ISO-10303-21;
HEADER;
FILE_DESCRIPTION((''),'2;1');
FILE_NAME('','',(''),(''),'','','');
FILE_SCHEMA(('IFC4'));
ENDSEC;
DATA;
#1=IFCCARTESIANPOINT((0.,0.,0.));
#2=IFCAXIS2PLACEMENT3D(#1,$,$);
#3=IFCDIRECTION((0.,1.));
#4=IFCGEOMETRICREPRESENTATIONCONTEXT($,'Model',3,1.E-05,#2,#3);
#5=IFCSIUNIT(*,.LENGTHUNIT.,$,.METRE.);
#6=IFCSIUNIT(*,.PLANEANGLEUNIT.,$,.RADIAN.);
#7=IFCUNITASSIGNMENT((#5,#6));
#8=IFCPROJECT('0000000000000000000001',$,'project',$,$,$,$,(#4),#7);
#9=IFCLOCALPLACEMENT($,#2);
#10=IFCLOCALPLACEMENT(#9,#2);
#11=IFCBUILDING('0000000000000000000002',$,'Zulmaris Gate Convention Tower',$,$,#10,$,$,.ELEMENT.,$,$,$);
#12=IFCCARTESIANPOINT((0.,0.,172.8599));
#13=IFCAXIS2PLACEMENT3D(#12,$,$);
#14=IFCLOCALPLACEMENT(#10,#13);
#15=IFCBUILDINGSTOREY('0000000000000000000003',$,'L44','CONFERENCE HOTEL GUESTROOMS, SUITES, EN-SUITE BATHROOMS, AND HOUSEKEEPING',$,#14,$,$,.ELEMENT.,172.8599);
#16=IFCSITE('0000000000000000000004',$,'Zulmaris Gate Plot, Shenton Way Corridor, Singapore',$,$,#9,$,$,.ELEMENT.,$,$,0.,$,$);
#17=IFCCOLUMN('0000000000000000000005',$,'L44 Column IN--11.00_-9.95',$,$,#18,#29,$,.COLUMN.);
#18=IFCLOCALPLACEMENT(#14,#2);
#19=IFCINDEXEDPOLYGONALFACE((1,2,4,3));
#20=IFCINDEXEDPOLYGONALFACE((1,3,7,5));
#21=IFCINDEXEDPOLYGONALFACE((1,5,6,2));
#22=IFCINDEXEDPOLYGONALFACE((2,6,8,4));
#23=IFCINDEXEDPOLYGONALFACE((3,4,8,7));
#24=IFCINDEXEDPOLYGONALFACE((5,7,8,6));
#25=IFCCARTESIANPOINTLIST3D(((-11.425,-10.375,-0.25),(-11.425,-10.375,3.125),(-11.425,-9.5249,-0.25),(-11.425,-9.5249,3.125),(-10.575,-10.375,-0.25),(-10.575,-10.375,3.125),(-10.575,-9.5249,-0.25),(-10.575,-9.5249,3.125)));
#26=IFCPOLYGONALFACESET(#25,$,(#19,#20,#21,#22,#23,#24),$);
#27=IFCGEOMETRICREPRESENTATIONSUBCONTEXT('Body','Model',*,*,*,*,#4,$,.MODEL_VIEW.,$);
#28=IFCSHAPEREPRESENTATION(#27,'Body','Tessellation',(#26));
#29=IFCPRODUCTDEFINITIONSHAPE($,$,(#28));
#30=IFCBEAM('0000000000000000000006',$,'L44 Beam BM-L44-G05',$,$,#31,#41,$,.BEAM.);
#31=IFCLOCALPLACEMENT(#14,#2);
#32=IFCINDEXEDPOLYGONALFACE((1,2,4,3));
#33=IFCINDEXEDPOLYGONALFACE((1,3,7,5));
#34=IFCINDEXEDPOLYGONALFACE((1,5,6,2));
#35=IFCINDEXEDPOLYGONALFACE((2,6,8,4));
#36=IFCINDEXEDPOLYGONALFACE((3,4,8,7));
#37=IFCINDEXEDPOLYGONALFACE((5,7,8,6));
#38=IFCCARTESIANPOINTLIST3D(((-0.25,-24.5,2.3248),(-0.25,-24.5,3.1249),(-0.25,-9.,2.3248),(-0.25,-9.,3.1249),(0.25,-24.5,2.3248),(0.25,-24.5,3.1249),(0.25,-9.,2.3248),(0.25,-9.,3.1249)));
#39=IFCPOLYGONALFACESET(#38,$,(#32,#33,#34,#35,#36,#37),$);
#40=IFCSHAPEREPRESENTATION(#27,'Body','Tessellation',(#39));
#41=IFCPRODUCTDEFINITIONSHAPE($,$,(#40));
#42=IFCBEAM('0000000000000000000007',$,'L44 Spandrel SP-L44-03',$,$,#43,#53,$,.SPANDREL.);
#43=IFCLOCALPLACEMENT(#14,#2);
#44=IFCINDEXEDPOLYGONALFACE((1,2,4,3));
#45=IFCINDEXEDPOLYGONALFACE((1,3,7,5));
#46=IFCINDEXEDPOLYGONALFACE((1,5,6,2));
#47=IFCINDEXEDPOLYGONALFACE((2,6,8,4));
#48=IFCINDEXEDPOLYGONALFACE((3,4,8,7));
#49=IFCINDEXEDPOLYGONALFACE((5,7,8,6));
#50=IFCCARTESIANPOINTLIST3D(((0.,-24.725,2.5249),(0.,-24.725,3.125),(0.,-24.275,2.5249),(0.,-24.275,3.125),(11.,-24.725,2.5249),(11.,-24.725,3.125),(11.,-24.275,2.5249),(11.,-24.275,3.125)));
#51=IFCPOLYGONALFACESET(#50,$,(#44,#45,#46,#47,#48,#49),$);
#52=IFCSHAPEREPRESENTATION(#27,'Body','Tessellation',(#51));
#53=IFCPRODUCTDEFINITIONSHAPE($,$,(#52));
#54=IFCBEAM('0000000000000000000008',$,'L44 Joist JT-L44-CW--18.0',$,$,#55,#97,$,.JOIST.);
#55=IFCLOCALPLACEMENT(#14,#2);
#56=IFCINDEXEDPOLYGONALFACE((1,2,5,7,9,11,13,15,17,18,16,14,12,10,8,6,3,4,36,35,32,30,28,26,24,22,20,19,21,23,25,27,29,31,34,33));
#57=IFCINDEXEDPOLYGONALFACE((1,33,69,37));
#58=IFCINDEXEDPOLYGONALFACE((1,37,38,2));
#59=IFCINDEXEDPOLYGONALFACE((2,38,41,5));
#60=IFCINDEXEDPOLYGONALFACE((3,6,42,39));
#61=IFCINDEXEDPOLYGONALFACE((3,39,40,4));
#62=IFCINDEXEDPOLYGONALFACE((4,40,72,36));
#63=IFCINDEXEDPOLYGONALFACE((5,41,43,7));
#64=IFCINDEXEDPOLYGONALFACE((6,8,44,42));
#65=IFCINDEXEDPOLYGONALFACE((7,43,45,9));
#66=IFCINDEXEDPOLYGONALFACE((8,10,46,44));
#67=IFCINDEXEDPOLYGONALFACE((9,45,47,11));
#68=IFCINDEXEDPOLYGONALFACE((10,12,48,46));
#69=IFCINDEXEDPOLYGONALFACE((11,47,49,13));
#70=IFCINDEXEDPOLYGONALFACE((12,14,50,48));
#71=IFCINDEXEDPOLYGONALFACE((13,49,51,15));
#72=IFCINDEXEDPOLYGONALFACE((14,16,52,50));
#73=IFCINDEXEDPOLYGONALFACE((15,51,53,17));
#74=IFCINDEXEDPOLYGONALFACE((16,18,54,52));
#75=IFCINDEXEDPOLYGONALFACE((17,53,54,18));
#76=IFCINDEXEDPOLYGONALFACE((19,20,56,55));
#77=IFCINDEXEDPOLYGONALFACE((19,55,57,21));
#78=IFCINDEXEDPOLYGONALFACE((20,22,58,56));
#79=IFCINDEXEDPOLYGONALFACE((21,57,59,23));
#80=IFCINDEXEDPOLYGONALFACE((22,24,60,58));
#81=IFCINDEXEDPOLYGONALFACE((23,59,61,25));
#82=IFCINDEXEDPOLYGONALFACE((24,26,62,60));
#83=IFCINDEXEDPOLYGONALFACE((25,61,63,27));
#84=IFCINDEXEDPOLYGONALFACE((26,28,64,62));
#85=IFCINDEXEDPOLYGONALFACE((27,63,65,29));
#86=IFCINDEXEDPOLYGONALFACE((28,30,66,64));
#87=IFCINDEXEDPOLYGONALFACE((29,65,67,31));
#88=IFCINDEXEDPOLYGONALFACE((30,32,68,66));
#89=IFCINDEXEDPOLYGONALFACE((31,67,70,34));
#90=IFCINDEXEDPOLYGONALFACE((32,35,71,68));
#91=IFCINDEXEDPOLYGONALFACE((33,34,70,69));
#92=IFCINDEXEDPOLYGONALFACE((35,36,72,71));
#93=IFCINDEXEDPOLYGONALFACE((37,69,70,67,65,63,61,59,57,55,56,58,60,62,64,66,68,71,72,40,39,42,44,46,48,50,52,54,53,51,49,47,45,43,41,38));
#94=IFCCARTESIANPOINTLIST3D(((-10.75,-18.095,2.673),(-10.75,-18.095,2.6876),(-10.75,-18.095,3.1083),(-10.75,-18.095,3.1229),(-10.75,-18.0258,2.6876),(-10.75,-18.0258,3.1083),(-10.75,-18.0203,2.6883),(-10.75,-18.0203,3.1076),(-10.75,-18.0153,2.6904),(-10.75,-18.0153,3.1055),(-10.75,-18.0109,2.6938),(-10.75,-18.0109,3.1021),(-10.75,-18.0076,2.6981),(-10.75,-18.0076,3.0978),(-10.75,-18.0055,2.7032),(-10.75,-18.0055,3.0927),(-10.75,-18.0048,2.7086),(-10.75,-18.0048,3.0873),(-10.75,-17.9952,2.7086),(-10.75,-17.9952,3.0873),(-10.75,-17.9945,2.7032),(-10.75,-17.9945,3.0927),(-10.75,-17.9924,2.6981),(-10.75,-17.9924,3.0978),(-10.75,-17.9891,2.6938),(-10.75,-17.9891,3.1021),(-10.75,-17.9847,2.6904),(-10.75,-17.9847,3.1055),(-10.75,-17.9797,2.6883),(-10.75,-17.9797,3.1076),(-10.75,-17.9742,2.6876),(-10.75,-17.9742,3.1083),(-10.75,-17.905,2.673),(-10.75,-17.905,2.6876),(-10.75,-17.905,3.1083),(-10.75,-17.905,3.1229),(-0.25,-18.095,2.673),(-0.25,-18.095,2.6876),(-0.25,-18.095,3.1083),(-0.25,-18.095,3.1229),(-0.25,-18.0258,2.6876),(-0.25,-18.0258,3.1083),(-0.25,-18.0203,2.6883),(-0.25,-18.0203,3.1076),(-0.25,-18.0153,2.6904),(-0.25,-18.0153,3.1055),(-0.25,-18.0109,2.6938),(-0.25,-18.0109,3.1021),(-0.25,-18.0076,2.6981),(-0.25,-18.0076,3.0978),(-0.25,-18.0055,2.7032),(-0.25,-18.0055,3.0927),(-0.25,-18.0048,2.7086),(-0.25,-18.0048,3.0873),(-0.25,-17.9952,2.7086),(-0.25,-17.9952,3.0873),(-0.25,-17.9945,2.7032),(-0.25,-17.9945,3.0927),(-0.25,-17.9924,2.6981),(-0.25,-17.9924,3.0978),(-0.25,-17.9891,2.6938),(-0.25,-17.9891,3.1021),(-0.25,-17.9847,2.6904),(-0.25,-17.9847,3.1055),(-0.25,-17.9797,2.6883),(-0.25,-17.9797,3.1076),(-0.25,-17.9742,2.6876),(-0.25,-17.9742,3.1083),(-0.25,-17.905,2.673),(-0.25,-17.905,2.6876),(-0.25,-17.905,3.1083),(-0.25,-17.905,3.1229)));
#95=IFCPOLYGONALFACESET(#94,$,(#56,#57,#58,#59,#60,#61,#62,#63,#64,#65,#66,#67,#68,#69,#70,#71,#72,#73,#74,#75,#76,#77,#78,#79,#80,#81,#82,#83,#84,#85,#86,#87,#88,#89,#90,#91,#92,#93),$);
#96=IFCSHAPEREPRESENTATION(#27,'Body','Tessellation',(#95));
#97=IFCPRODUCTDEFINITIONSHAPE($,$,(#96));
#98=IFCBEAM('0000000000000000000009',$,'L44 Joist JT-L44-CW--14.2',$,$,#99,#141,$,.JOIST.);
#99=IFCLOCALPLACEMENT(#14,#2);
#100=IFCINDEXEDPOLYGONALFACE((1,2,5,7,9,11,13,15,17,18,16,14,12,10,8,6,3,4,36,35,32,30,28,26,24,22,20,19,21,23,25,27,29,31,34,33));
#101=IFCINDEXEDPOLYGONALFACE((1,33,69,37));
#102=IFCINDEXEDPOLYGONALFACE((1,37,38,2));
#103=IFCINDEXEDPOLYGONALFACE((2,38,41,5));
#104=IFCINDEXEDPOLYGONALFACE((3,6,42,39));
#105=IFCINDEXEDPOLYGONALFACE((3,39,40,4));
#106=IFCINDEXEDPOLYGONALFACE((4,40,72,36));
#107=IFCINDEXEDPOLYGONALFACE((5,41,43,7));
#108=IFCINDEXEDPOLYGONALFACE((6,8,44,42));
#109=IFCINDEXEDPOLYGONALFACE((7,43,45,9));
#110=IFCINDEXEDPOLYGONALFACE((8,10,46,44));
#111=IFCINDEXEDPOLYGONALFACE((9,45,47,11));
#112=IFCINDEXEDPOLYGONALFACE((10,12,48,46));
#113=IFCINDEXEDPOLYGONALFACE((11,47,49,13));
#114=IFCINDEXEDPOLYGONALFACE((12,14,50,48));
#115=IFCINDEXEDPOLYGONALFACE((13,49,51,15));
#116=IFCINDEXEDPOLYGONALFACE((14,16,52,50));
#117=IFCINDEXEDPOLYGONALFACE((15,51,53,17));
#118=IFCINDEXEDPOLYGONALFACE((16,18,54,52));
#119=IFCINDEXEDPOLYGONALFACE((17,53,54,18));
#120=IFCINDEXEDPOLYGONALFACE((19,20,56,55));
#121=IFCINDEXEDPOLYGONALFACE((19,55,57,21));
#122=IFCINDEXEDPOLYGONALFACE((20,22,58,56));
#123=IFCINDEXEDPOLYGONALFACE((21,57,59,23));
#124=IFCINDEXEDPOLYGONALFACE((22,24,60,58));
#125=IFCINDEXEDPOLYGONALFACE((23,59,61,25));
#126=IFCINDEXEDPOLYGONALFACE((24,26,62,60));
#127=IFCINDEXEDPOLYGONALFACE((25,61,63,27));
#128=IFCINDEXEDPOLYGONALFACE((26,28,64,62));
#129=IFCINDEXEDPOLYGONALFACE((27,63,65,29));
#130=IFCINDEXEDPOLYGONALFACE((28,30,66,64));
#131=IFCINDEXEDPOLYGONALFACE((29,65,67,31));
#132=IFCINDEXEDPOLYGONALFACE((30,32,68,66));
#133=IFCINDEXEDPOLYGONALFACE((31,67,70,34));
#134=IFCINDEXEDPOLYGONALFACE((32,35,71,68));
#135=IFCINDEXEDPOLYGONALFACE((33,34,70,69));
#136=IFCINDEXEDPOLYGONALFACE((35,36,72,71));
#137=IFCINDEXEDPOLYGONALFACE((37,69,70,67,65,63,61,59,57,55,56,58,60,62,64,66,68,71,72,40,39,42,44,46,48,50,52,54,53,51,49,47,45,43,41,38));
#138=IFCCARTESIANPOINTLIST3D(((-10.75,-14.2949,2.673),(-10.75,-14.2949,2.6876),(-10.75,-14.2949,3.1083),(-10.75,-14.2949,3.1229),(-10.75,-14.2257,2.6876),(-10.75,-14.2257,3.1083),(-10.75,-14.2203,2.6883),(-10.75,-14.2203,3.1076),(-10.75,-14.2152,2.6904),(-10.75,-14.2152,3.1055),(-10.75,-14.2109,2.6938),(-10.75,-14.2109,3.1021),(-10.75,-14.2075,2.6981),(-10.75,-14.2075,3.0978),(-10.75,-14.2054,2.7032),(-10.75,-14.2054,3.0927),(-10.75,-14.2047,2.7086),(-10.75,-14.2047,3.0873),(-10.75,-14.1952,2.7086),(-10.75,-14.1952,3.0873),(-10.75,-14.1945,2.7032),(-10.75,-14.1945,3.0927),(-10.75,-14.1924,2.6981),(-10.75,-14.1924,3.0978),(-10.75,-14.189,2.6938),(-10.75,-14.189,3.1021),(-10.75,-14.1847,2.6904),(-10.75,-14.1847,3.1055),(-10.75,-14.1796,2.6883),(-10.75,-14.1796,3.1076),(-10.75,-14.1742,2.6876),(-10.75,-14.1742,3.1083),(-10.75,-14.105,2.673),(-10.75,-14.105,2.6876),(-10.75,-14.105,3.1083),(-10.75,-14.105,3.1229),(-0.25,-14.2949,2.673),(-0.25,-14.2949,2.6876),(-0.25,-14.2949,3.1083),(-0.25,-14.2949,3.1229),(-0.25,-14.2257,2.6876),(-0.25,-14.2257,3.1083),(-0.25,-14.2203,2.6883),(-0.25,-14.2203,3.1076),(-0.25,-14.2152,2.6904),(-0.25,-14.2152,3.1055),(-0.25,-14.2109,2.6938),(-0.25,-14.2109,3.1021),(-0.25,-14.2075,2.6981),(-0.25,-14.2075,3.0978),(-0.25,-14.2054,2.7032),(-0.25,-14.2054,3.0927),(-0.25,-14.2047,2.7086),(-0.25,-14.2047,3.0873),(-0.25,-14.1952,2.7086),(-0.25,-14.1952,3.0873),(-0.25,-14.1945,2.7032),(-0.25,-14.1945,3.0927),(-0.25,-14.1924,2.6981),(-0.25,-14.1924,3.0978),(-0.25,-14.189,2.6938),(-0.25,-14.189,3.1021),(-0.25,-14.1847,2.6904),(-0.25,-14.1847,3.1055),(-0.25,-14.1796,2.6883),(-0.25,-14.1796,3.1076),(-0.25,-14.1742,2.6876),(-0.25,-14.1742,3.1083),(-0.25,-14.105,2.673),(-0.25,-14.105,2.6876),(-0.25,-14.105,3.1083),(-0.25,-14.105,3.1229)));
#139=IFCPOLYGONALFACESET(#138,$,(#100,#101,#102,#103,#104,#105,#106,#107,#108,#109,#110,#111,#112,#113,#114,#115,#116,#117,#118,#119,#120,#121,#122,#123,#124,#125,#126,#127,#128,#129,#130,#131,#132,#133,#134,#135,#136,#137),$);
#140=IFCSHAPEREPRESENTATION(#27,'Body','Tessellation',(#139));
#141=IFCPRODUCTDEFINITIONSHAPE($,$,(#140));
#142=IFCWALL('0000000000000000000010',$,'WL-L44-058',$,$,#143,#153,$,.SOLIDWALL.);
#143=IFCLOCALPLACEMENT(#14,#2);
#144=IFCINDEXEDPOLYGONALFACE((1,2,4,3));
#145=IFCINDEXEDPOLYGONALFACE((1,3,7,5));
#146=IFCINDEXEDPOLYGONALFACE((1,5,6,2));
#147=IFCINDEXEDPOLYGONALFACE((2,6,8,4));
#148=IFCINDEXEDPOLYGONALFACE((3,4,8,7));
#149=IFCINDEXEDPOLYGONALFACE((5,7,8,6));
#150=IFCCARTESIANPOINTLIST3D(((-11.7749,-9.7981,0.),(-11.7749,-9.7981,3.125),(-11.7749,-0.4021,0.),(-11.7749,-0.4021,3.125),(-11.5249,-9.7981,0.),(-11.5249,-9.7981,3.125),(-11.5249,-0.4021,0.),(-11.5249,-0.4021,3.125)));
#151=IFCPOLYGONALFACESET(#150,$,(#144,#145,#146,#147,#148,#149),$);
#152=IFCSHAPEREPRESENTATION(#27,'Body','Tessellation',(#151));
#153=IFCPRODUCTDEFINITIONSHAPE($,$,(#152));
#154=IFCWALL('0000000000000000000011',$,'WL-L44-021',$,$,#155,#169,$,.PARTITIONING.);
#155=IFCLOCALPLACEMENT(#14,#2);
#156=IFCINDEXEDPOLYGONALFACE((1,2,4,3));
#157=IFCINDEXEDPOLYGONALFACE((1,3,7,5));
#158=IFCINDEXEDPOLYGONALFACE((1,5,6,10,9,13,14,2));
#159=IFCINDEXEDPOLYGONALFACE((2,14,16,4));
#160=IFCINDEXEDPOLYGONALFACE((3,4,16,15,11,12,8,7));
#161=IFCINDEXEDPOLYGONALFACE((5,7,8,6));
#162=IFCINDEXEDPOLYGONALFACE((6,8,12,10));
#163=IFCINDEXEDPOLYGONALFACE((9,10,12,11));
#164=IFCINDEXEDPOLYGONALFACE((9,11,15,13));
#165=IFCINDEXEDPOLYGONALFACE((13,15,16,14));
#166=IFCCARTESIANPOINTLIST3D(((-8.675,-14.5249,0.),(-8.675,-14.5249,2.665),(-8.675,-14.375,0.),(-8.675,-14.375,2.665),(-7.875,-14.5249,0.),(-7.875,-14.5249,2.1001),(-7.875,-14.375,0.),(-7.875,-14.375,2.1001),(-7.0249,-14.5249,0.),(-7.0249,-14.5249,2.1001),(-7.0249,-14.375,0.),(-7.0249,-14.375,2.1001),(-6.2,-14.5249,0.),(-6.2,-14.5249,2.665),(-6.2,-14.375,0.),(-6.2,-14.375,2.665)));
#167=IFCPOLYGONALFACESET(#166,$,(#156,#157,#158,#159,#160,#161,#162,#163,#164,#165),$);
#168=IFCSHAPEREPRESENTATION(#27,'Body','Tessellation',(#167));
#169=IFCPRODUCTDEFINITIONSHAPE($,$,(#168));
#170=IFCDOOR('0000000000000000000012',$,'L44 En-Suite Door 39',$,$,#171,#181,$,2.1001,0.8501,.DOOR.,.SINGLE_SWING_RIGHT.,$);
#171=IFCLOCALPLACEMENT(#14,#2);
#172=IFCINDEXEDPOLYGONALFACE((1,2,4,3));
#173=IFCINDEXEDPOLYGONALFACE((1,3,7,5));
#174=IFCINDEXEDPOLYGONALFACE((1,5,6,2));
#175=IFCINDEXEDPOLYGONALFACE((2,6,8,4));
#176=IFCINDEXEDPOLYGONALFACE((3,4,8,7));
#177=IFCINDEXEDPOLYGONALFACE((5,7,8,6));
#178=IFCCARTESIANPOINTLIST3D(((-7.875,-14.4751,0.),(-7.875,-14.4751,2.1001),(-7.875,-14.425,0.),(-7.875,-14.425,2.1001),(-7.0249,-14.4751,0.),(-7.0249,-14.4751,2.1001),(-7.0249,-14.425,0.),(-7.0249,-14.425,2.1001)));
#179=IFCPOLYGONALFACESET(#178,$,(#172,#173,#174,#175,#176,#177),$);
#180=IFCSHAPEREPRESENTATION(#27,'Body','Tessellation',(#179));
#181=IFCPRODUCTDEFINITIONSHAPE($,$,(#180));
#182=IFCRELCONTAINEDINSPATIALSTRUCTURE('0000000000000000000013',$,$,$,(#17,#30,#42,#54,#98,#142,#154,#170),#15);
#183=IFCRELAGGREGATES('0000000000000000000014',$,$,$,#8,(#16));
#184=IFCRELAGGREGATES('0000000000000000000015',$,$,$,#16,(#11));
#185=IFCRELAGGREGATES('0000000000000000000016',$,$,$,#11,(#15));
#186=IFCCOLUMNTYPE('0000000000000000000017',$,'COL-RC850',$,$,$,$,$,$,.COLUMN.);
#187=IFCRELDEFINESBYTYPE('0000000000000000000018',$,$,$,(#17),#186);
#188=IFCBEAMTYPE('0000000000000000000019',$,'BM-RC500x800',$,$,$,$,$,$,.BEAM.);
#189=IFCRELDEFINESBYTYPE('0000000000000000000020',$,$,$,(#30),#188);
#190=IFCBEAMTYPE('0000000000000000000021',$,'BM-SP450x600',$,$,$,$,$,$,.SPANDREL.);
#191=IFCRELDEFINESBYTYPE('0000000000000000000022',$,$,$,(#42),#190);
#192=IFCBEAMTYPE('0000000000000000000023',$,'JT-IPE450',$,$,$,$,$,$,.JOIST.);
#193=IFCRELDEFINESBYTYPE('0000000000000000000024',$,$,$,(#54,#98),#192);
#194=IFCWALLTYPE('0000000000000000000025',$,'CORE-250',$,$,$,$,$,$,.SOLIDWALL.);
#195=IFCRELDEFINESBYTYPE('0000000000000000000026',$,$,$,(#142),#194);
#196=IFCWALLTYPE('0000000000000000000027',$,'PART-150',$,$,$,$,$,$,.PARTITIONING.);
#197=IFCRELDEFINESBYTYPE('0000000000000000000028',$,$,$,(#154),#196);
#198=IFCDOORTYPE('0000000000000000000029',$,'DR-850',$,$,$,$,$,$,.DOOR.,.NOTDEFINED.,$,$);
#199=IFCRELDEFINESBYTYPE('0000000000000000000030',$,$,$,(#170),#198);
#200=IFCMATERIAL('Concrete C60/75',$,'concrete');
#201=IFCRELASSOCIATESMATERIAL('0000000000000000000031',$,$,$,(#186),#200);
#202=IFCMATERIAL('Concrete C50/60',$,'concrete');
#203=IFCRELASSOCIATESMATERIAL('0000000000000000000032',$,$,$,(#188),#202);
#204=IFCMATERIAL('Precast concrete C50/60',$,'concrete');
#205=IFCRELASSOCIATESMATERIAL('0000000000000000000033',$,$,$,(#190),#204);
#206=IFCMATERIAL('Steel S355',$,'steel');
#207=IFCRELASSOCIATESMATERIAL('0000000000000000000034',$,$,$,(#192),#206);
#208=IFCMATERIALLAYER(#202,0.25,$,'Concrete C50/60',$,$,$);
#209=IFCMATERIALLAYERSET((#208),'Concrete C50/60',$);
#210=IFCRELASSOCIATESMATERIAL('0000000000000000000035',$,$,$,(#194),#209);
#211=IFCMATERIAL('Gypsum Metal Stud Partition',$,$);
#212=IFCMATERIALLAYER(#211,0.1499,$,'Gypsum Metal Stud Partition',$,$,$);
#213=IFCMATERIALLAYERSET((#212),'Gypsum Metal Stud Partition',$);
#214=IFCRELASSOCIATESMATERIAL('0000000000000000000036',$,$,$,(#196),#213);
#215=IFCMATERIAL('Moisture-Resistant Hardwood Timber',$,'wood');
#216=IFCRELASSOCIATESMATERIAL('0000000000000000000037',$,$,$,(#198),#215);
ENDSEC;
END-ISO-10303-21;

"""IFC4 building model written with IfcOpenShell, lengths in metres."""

from ifc_helpers import new_model, si_unit, direction, frame, frame_2d, origin, origin_2d, place, context, subcontext, project, spatial, rectangle, i_section, extrude, material, layer, layer_set, material_profile, profile_set, type_object, element, fill, save


model = new_model("IFC4")

# Units and contexts
model_context = context("Model", 3, precision=1e-05, world=origin(), true_north=direction((0.0, 1.0)))
body_context = subcontext(model_context, "Body", "Model", "MODEL_VIEW")
ifc_project = project(units=[si_unit("LENGTHUNIT", "METRE"), si_unit("PLANEANGLEUNIT", "RADIAN")], contexts=[model_context])

# Site, building, storey
site_placement = place(None, origin())
site = spatial("IfcSite", under=ifc_project, at=site_placement, Name="Zulmaris Gate Plot, Shenton Way Corridor, Singapore", CompositionType="ELEMENT", RefElevation=0.0)
building_placement = place(site_placement, origin())
building = spatial("IfcBuilding", under=site, at=building_placement, Name="Zulmaris Gate Convention Tower", CompositionType="ELEMENT")
storey_placement = place(building_placement, frame((0.0, 0.0, 172.8599)))
storey = spatial("IfcBuildingStorey", under=building, at=storey_placement, Name="L44", Description="CONFERENCE HOTEL GUESTROOMS, SUITES, EN-SUITE BATHROOMS, AND HOUSEKEEPING", CompositionType="ELEMENT", Elevation=172.8599)

# Column
ifc_material_1 = material(Name="Concrete C60/75", Category="concrete")
ifc_material_profile_1 = material_profile(ifc_material_1, rectangle(XDim=0.8501, YDim=0.8501, at=origin_2d()), Name="RC COL 850x850")
ifc_profile_set_1 = profile_set([ifc_material_profile_1], Name="Concrete C60/75")
column_type = type_object("IfcColumnType", Name="COL-RC850", PredefinedType="COLUMN", material=ifc_profile_set_1)
column_placement = place(storey_placement, frame((-11.0, -9.95, -0.25), z_axis=(0.0, 0.0, 1.0), x_axis=(1.0, 0.0, 0.0)))
element("IfcColumn", 1, at=column_placement, inside=storey, type_object=column_type, Name="L44 Column IN--11.00_-9.95", PredefinedType="COLUMN", context=body_context, shape_type="SweptSolid", body=[
    extrude(rectangle(XDim=0.8501, YDim=0.8501, at=origin_2d()), origin(), (0.0, 0.0, 1.0), 3.375),
])

# Beams
ifc_material_2 = material(Name="Concrete C50/60", Category="concrete")
ifc_material_profile_2 = material_profile(ifc_material_2, rectangle(XDim=0.5, YDim=0.8, at=origin_2d()), Name="RC BEAM 500x800")
ifc_profile_set_2 = profile_set([ifc_material_profile_2], Name="Concrete C50/60")
beam_type_1 = type_object("IfcBeamType", Name="BM-RC500x800", PredefinedType="BEAM", material=ifc_profile_set_2)
beam_1_placement = place(storey_placement, frame((0.0, -24.5, 2.7249), z_axis=(0.0, 1.0, 0.0), x_axis=(-1.0, 0.0, 0.0)))
element("IfcBeam", 2, at=beam_1_placement, inside=storey, type_object=beam_type_1, Name="L44 Beam BM-L44-G05", PredefinedType="BEAM", context=body_context, shape_type="SweptSolid", body=[
    extrude(rectangle(XDim=0.5, YDim=0.8, at=origin_2d()), origin(), (0.0, 0.0, 1.0), 15.5),
])
ifc_material_3 = material(Name="Precast concrete C50/60", Category="concrete")
ifc_material_profile_3 = material_profile(ifc_material_3, rectangle(XDim=0.45, YDim=0.6001, at=origin_2d()), Name="RC SPANDREL 450x600")
ifc_profile_set_3 = profile_set([ifc_material_profile_3], Name="Precast concrete C50/60")
beam_type_2 = type_object("IfcBeamType", Name="BM-SP450x600", PredefinedType="SPANDREL", material=ifc_profile_set_3)
beam_2_placement = place(storey_placement, frame((0.0, -24.5, 2.825), z_axis=(1.0, 0.0, 0.0), x_axis=(0.0, 1.0, 0.0)))
element("IfcBeam", 3, at=beam_2_placement, inside=storey, type_object=beam_type_2, Name="L44 Spandrel SP-L44-03", PredefinedType="SPANDREL", context=body_context, shape_type="SweptSolid", body=[
    extrude(rectangle(XDim=0.45, YDim=0.6001, at=origin_2d()), origin(), (0.0, 0.0, 1.0), 11.0),
])
ifc_material_4 = material(Name="Steel S355", Category="steel")
ifc_material_profile_4 = material_profile(ifc_material_4, i_section(OverallWidth=0.1899, OverallDepth=0.45, WebThickness=0.0095, FlangeThickness=0.0146, FilletRadius=0.021, at=origin_2d()), Name="IPE 450")
ifc_profile_set_4 = profile_set([ifc_material_profile_4], Name="Steel S355")
beam_type_3 = type_object("IfcBeamType", Name="JT-IPE450", PredefinedType="JOIST", material=ifc_profile_set_4)
for number, where, z_axis, x_axis, name in (
    (4, (-10.75, -18.0, 2.8979), (1.0, 0.0, 0.0), (0.0, 1.0, 0.0), "L44 Joist JT-L44-CW--18.0"),
    (5, (-10.75, -14.2, 2.8979), (1.0, 0.0, 0.0), (0.0, 1.0, 0.0), "L44 Joist JT-L44-CW--14.2"),
):
    element("IfcBeam", number, at=place(storey_placement, frame(where, z_axis=z_axis, x_axis=x_axis)), inside=storey, type_object=beam_type_3, Name=name, PredefinedType="JOIST", context=body_context, shape_type="SweptSolid", body=[
        extrude(i_section(OverallWidth=0.1899, OverallDepth=0.45, WebThickness=0.0095, FlangeThickness=0.0146, FilletRadius=0.021, at=origin_2d()), origin(), (0.0, 0.0, 1.0), 10.5),
    ])

# Wall
ifc_layer_1 = layer(ifc_material_2, 0.25, Name="Concrete C50/60")
ifc_layer_set_1 = layer_set([ifc_layer_1], Name="Concrete C50/60")
wall_type_1 = type_object("IfcWallType", Name="CORE-250", PredefinedType="SOLIDWALL", material=ifc_layer_set_1)
wall_1_placement = place(storey_placement, frame((-11.6499, -9.7981, 0.0), z_axis=(0.0, 0.0, 1.0), x_axis=(0.0, 1.0, 0.0)))
element("IfcWall", 6, at=wall_1_placement, inside=storey, type_object=wall_type_1, Name="WL-L44-058", PredefinedType="SOLIDWALL", context=body_context, shape_type="SweptSolid", body=[
    extrude(rectangle(XDim=9.396, YDim=0.25, at=frame_2d((4.698, 0.0))), origin(), (0.0, 0.0, 1.0), 3.125),
])

# Wall, opening, door
ifc_material_5 = material(Name="Gypsum Metal Stud Partition")
ifc_layer_2 = layer(ifc_material_5, 0.1499, Name="Gypsum Metal Stud Partition")
ifc_layer_set_2 = layer_set([ifc_layer_2], Name="Gypsum Metal Stud Partition")
wall_type_2 = type_object("IfcWallType", Name="PART-150", PredefinedType="PARTITIONING", material=ifc_layer_set_2)
wall_2_placement = place(storey_placement, frame((-8.675, -14.45, 0.0), z_axis=(0.0, 0.0, 1.0), x_axis=(1.0, 0.0, 0.0)))
wall_2 = element("IfcWall", 7, at=wall_2_placement, inside=storey, type_object=wall_type_2, Name="WL-L44-021", PredefinedType="PARTITIONING", context=body_context, shape_type="SweptSolid", body=[
    extrude(rectangle(XDim=2.4751, YDim=0.1499, at=frame_2d((1.2375, 0.0))), origin(), (0.0, 0.0, 1.0), 2.665),
])
opening_1_placement = place(wall_2_placement, frame((0.8, 0.0, 0.0)))
opening_1 = element("IfcOpeningElement", 8, at=opening_1_placement, cuts=wall_2, PredefinedType="OPENING", context=body_context, shape_type="SweptSolid", body=[
    extrude(rectangle(XDim=0.8501, YDim=2.1001, at=frame_2d((0.425, 1.05))), frame((0.0, 0.085, 0.0), z_axis=(0.0, -1.0, 0.0), x_axis=(1.0, 0.0, 0.0)), (0.0, 0.0, 1.0), 0.1699),
])
ifc_material_6 = material(Name="Moisture-Resistant Hardwood Timber", Category="wood")
door_type_1 = type_object("IfcDoorType", Name="DR-850", OperationType="NOTDEFINED", PredefinedType="DOOR", material=ifc_material_6)
door_1_placement = place(opening_1_placement, origin())
door_1 = element("IfcDoor", 9, at=door_1_placement, inside=storey, type_object=door_type_1, Name="L44 En-Suite Door 39", OperationType="SINGLE_SWING_RIGHT", OverallHeight=2.1001, OverallWidth=0.8501, PredefinedType="DOOR", context=body_context, shape_type="SweptSolid", body=[
    extrude(rectangle(XDim=0.8501, YDim=2.1001, at=frame_2d((0.425, 1.05))), frame((0.0, 0.0249, 0.0), z_axis=(0.0, -1.0, 0.0), x_axis=(1.0, 0.0, 0.0)), (0.0, 0.0, 1.0), 0.05),
])
fill(opening_1, door_1)

save(model, "model.ifc")
